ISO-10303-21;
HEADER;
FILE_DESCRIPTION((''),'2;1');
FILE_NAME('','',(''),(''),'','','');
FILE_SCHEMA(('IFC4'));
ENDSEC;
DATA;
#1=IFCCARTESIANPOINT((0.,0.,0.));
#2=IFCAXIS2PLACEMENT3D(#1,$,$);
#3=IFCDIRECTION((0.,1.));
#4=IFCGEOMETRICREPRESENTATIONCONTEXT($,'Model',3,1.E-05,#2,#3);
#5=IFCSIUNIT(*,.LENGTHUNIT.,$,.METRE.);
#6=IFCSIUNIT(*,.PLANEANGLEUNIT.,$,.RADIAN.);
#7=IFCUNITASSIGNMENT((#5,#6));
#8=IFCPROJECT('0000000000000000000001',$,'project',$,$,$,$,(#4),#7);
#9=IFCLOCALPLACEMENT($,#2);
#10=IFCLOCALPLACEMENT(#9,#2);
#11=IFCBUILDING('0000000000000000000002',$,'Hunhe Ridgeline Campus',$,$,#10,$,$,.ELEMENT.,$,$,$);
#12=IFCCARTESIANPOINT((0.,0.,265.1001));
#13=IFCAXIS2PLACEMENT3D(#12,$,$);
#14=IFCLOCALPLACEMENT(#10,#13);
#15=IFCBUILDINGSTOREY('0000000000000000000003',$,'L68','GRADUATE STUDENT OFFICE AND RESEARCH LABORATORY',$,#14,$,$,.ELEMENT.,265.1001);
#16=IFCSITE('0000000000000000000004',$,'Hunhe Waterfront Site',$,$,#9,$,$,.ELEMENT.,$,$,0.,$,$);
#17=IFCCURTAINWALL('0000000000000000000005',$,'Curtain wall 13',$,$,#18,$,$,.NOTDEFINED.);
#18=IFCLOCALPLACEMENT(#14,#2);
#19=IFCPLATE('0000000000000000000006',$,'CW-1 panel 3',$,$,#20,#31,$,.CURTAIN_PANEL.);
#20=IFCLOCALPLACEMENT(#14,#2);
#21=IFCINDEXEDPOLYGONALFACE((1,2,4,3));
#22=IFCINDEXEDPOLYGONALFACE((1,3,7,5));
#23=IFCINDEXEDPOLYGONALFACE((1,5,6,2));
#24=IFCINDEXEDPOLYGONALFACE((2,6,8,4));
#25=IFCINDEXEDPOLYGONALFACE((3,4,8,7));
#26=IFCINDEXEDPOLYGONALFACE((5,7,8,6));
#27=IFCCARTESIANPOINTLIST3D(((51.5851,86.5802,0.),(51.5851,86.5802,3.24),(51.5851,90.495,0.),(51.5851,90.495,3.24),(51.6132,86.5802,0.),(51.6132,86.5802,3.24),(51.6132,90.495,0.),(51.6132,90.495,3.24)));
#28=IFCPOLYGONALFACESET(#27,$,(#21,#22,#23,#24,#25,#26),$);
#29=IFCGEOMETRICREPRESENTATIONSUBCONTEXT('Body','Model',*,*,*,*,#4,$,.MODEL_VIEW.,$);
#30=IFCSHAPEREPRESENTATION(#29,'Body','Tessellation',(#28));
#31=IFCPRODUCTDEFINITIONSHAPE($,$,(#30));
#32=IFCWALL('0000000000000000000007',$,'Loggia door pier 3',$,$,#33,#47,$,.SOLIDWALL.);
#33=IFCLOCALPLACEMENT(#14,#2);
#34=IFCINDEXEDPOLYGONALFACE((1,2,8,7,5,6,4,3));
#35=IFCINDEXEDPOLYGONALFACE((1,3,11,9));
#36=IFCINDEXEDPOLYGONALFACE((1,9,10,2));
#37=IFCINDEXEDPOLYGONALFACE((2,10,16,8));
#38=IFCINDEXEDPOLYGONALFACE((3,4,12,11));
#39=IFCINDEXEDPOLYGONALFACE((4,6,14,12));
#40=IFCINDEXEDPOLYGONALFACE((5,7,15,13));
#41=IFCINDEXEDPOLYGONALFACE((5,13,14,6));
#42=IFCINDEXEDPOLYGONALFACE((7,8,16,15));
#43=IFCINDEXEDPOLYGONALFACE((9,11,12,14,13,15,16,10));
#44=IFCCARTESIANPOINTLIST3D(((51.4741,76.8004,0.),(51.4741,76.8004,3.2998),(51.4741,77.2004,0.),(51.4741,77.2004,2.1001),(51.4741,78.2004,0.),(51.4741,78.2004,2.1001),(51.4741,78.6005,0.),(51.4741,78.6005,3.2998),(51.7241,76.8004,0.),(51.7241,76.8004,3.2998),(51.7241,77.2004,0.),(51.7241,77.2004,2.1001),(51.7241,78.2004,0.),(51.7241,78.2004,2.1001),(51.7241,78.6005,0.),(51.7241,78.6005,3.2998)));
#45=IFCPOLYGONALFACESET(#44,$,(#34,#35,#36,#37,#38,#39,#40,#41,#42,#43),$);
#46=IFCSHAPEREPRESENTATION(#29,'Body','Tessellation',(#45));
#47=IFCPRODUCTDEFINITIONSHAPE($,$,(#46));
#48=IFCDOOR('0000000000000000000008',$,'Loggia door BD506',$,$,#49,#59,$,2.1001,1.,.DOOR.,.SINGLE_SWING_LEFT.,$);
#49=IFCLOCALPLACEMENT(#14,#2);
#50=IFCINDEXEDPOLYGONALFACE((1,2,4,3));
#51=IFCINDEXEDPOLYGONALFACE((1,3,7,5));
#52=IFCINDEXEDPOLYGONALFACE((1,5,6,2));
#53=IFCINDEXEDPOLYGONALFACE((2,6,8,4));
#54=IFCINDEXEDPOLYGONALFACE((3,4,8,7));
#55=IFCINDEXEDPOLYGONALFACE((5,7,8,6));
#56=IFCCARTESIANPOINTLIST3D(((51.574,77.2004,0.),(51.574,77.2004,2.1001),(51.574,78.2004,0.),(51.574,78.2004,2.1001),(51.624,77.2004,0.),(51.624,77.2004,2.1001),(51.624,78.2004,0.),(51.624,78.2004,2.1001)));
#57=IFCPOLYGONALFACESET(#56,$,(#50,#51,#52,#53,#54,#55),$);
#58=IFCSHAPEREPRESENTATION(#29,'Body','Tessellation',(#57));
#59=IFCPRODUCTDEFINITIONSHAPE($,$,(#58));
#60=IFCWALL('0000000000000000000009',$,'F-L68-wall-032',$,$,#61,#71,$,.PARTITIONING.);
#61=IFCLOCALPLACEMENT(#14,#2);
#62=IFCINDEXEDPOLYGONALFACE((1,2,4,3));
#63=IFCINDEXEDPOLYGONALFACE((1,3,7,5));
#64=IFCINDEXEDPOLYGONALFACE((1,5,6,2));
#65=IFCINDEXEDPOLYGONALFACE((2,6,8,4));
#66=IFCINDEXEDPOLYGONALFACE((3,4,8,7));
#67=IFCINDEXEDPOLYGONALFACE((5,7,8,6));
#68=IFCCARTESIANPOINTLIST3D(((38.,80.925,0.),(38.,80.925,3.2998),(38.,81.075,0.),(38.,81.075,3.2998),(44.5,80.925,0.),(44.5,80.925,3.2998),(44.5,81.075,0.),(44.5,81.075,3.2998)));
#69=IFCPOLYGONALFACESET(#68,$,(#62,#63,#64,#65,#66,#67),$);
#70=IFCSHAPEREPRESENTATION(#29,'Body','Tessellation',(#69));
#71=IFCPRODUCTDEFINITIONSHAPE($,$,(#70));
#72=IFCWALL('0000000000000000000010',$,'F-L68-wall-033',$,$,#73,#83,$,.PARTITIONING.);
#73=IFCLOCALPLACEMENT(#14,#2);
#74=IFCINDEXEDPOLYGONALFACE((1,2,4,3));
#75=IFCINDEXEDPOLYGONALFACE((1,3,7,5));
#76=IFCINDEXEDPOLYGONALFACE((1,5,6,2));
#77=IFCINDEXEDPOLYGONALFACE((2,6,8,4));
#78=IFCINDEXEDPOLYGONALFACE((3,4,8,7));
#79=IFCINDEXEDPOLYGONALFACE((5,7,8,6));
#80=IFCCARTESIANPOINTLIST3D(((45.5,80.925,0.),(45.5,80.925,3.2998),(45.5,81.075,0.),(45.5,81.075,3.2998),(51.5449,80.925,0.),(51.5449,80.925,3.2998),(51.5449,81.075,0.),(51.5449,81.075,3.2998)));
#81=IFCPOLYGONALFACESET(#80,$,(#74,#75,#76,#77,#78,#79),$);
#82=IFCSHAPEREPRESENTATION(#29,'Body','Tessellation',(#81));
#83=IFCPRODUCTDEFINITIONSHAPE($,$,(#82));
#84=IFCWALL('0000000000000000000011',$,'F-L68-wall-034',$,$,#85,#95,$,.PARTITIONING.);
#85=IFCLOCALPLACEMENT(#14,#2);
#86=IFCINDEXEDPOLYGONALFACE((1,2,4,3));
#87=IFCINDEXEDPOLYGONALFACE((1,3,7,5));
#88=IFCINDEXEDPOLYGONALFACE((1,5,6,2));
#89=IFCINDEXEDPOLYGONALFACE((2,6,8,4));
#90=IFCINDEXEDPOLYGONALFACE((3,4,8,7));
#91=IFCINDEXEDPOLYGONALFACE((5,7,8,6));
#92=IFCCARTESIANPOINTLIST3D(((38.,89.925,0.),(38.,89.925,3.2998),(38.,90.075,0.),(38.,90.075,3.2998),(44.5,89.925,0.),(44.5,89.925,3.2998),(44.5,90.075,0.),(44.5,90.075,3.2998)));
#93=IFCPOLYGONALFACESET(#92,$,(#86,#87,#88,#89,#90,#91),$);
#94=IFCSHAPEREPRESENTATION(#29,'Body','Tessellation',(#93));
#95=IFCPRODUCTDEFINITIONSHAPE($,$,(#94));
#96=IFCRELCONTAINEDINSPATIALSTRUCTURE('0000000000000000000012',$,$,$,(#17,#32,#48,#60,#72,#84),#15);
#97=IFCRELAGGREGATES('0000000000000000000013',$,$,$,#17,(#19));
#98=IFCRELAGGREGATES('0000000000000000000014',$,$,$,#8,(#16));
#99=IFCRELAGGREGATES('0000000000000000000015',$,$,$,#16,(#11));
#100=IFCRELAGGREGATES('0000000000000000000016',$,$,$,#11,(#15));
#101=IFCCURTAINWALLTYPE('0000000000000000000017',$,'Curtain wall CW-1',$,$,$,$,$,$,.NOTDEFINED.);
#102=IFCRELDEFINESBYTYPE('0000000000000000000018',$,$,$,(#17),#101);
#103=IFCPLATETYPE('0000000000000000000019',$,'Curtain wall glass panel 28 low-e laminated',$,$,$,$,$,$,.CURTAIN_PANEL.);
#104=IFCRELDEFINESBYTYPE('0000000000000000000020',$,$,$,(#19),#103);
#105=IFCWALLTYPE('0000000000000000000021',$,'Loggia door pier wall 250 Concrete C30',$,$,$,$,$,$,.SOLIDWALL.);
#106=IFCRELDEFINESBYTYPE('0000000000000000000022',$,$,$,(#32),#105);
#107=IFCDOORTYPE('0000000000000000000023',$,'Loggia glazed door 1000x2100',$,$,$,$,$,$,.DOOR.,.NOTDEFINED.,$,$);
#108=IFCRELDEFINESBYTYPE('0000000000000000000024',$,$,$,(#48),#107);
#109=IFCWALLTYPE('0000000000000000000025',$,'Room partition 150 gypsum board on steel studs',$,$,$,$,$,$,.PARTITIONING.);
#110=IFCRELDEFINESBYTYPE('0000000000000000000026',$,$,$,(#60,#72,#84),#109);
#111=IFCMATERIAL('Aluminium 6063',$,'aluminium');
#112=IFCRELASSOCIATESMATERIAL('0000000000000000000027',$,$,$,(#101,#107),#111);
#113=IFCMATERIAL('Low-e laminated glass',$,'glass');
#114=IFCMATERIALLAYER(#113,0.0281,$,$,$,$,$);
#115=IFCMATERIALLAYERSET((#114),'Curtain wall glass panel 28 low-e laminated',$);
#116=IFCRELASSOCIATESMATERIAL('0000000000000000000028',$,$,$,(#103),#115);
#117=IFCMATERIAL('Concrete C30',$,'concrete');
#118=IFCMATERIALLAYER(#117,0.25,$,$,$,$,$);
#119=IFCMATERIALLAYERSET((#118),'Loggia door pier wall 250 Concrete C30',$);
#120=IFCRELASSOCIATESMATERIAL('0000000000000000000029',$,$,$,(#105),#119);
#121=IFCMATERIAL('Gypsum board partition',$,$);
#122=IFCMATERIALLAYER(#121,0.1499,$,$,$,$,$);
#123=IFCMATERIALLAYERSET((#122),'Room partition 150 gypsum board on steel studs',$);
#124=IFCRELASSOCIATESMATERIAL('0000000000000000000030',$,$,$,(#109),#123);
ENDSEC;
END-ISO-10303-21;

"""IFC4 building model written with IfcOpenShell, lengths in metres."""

from ifc_helpers import new_model, si_unit, direction, frame, frame_2d, origin, origin_2d, place, context, subcontext, project, spatial, rectangle, extrude, material, layer, layer_set, type_object, element, fill, aggregate, save


model = new_model("IFC4")

# Units and contexts
model_context = context("Model", 3, precision=1e-05, world=origin(), true_north=direction((0.0, 1.0)))
body_context = subcontext(model_context, "Body", "Model", "MODEL_VIEW")
ifc_project = project(units=[si_unit("LENGTHUNIT", "METRE"), si_unit("PLANEANGLEUNIT", "RADIAN")], contexts=[model_context])

# Site, building, storey
site_placement = place(None, origin())
site = spatial("IfcSite", under=ifc_project, at=site_placement, Name="Hunhe Waterfront Site", CompositionType="ELEMENT", RefElevation=0.0)
building_placement = place(site_placement, origin())
building = spatial("IfcBuilding", under=site, at=building_placement, Name="Hunhe Ridgeline Campus", CompositionType="ELEMENT")
storey_placement = place(building_placement, frame((0.0, 0.0, 265.1001)))
storey = spatial("IfcBuildingStorey", under=building, at=storey_placement, Name="L68", Description="GRADUATE STUDENT OFFICE AND RESEARCH LABORATORY", CompositionType="ELEMENT", Elevation=265.1001)

# Curtain wall
ifc_material_1 = material(Name="Aluminium 6063", Category="aluminium")
curtain_wall_type = type_object("IfcCurtainWallType", Name="Curtain wall CW-1", PredefinedType="NOTDEFINED", material=ifc_material_1)
curtain_wall_1_placement = place(storey_placement, origin())
curtain_wall_1 = element("IfcCurtainWall", 1, at=curtain_wall_1_placement, inside=storey, type_object=curtain_wall_type, Name="Curtain wall 13", PredefinedType="NOTDEFINED")

# Plate
ifc_material_2 = material(Name="Low-e laminated glass", Category="glass")
ifc_layer_1 = layer(ifc_material_2, 0.0281)
ifc_layer_set_1 = layer_set([ifc_layer_1], Name="Curtain wall glass panel 28 low-e laminated")
plate_type = type_object("IfcPlateType", Name="Curtain wall glass panel 28 low-e laminated", PredefinedType="CURTAIN_PANEL", material=ifc_layer_set_1)
plate_1_placement = place(storey_placement, frame((51.5991, 88.5376, 0.0), z_axis=(0.0, 0.0, 1.0), x_axis=(0.0, 1.0, 0.0)))
plate_1 = element("IfcPlate", 2, at=plate_1_placement, type_object=plate_type, Name="CW-1 panel 3", PredefinedType="CURTAIN_PANEL", context=body_context, shape_type="SweptSolid", body=[
    extrude(rectangle(XDim=3.9148, YDim=0.0281, at=origin_2d()), origin(), (0.0, 0.0, 1.0), 3.24),
])
aggregate(curtain_wall_1, [plate_1])

# Wall, opening, door
ifc_material_3 = material(Name="Concrete C30", Category="concrete")
ifc_layer_2 = layer(ifc_material_3, 0.25)
ifc_layer_set_2 = layer_set([ifc_layer_2], Name="Loggia door pier wall 250 Concrete C30")
wall_type_1 = type_object("IfcWallType", Name="Loggia door pier wall 250 Concrete C30", PredefinedType="SOLIDWALL", material=ifc_layer_set_2)
wall_1_placement = place(storey_placement, frame((51.5991, 76.8005, 0.0), z_axis=(0.0, 0.0, 1.0), x_axis=(0.0, 1.0, 0.0)))
wall_1 = element("IfcWall", 3, at=wall_1_placement, inside=storey, type_object=wall_type_1, Name="Loggia door pier 3", PredefinedType="SOLIDWALL", context=body_context, shape_type="SweptSolid", body=[
    extrude(rectangle(XDim=1.8, YDim=0.25, at=frame_2d((0.8999, 0.0))), origin(), (0.0, 0.0, 1.0), 3.2998),
])
opening_placement = place(wall_1_placement, frame((0.3999, 0.0, 0.0)))
opening = element("IfcOpeningElement", 4, at=opening_placement, cuts=wall_1, PredefinedType="OPENING", context=body_context, shape_type="SweptSolid", body=[
    extrude(rectangle(XDim=1.0, YDim=2.1001, at=frame_2d((0.5, 1.05))), frame((0.0, 0.125, 0.0), z_axis=(0.0, -1.0, 0.0), x_axis=(1.0, 0.0, 0.0)), (0.0, 0.0, 1.0), 0.25),
])
door_type = type_object("IfcDoorType", Name="Loggia glazed door 1000x2100", OperationType="NOTDEFINED", PredefinedType="DOOR", material=ifc_material_1)
door_placement = place(opening_placement, frame((1.0, 0.0, 0.0), z_axis=(0.0, 0.0, 1.0), x_axis=(-1.0, 0.0, 0.0)))
door = element("IfcDoor", 5, at=door_placement, inside=storey, type_object=door_type, Name="Loggia door BD506", OperationType="SINGLE_SWING_LEFT", OverallHeight=2.1001, OverallWidth=1.0, PredefinedType="DOOR", context=body_context, shape_type="SweptSolid", body=[
    extrude(rectangle(XDim=1.0, YDim=2.1001, at=frame_2d((0.5, 1.05))), frame((0.0, 0.0249, 0.0), z_axis=(0.0, -1.0, 0.0), x_axis=(1.0, 0.0, 0.0)), (0.0, 0.0, 1.0), 0.05),
])
fill(opening, door)

# Walls
ifc_material_4 = material(Name="Gypsum board partition")
ifc_layer_3 = layer(ifc_material_4, 0.1499)
ifc_layer_set_3 = layer_set([ifc_layer_3], Name="Room partition 150 gypsum board on steel studs")
wall_type_2 = type_object("IfcWallType", Name="Room partition 150 gypsum board on steel studs", PredefinedType="PARTITIONING", material=ifc_layer_set_3)
wall_2_placement = place(storey_placement, frame((38.0, 81.0, 0.0), z_axis=(0.0, 0.0, 1.0), x_axis=(1.0, 0.0, 0.0)))
element("IfcWall", 6, at=wall_2_placement, inside=storey, type_object=wall_type_2, Name="F-L68-wall-032", PredefinedType="PARTITIONING", context=body_context, shape_type="SweptSolid", body=[
    extrude(rectangle(XDim=6.5, YDim=0.1499, at=frame_2d((3.25, 0.0))), origin(), (0.0, 0.0, 1.0), 3.2998),
])
wall_3_placement = place(storey_placement, frame((45.5, 81.0, 0.0), z_axis=(0.0, 0.0, 1.0), x_axis=(1.0, 0.0, 0.0)))
element("IfcWall", 7, at=wall_3_placement, inside=storey, type_object=wall_type_2, Name="F-L68-wall-033", PredefinedType="PARTITIONING", context=body_context, shape_type="SweptSolid", body=[
    extrude(rectangle(XDim=6.0449, YDim=0.1499, at=frame_2d((3.0225, 0.0))), origin(), (0.0, 0.0, 1.0), 3.2998),
])
wall_4_placement = place(storey_placement, frame((38.0, 90.0, 0.0), z_axis=(0.0, 0.0, 1.0), x_axis=(1.0, 0.0, 0.0)))
element("IfcWall", 8, at=wall_4_placement, inside=storey, type_object=wall_type_2, Name="F-L68-wall-034", PredefinedType="PARTITIONING", context=body_context, shape_type="SweptSolid", body=[
    extrude(rectangle(XDim=6.5, YDim=0.1499, at=frame_2d((3.25, 0.0))), origin(), (0.0, 0.0, 1.0), 3.2998),
])

save(model, "model.ifc")
